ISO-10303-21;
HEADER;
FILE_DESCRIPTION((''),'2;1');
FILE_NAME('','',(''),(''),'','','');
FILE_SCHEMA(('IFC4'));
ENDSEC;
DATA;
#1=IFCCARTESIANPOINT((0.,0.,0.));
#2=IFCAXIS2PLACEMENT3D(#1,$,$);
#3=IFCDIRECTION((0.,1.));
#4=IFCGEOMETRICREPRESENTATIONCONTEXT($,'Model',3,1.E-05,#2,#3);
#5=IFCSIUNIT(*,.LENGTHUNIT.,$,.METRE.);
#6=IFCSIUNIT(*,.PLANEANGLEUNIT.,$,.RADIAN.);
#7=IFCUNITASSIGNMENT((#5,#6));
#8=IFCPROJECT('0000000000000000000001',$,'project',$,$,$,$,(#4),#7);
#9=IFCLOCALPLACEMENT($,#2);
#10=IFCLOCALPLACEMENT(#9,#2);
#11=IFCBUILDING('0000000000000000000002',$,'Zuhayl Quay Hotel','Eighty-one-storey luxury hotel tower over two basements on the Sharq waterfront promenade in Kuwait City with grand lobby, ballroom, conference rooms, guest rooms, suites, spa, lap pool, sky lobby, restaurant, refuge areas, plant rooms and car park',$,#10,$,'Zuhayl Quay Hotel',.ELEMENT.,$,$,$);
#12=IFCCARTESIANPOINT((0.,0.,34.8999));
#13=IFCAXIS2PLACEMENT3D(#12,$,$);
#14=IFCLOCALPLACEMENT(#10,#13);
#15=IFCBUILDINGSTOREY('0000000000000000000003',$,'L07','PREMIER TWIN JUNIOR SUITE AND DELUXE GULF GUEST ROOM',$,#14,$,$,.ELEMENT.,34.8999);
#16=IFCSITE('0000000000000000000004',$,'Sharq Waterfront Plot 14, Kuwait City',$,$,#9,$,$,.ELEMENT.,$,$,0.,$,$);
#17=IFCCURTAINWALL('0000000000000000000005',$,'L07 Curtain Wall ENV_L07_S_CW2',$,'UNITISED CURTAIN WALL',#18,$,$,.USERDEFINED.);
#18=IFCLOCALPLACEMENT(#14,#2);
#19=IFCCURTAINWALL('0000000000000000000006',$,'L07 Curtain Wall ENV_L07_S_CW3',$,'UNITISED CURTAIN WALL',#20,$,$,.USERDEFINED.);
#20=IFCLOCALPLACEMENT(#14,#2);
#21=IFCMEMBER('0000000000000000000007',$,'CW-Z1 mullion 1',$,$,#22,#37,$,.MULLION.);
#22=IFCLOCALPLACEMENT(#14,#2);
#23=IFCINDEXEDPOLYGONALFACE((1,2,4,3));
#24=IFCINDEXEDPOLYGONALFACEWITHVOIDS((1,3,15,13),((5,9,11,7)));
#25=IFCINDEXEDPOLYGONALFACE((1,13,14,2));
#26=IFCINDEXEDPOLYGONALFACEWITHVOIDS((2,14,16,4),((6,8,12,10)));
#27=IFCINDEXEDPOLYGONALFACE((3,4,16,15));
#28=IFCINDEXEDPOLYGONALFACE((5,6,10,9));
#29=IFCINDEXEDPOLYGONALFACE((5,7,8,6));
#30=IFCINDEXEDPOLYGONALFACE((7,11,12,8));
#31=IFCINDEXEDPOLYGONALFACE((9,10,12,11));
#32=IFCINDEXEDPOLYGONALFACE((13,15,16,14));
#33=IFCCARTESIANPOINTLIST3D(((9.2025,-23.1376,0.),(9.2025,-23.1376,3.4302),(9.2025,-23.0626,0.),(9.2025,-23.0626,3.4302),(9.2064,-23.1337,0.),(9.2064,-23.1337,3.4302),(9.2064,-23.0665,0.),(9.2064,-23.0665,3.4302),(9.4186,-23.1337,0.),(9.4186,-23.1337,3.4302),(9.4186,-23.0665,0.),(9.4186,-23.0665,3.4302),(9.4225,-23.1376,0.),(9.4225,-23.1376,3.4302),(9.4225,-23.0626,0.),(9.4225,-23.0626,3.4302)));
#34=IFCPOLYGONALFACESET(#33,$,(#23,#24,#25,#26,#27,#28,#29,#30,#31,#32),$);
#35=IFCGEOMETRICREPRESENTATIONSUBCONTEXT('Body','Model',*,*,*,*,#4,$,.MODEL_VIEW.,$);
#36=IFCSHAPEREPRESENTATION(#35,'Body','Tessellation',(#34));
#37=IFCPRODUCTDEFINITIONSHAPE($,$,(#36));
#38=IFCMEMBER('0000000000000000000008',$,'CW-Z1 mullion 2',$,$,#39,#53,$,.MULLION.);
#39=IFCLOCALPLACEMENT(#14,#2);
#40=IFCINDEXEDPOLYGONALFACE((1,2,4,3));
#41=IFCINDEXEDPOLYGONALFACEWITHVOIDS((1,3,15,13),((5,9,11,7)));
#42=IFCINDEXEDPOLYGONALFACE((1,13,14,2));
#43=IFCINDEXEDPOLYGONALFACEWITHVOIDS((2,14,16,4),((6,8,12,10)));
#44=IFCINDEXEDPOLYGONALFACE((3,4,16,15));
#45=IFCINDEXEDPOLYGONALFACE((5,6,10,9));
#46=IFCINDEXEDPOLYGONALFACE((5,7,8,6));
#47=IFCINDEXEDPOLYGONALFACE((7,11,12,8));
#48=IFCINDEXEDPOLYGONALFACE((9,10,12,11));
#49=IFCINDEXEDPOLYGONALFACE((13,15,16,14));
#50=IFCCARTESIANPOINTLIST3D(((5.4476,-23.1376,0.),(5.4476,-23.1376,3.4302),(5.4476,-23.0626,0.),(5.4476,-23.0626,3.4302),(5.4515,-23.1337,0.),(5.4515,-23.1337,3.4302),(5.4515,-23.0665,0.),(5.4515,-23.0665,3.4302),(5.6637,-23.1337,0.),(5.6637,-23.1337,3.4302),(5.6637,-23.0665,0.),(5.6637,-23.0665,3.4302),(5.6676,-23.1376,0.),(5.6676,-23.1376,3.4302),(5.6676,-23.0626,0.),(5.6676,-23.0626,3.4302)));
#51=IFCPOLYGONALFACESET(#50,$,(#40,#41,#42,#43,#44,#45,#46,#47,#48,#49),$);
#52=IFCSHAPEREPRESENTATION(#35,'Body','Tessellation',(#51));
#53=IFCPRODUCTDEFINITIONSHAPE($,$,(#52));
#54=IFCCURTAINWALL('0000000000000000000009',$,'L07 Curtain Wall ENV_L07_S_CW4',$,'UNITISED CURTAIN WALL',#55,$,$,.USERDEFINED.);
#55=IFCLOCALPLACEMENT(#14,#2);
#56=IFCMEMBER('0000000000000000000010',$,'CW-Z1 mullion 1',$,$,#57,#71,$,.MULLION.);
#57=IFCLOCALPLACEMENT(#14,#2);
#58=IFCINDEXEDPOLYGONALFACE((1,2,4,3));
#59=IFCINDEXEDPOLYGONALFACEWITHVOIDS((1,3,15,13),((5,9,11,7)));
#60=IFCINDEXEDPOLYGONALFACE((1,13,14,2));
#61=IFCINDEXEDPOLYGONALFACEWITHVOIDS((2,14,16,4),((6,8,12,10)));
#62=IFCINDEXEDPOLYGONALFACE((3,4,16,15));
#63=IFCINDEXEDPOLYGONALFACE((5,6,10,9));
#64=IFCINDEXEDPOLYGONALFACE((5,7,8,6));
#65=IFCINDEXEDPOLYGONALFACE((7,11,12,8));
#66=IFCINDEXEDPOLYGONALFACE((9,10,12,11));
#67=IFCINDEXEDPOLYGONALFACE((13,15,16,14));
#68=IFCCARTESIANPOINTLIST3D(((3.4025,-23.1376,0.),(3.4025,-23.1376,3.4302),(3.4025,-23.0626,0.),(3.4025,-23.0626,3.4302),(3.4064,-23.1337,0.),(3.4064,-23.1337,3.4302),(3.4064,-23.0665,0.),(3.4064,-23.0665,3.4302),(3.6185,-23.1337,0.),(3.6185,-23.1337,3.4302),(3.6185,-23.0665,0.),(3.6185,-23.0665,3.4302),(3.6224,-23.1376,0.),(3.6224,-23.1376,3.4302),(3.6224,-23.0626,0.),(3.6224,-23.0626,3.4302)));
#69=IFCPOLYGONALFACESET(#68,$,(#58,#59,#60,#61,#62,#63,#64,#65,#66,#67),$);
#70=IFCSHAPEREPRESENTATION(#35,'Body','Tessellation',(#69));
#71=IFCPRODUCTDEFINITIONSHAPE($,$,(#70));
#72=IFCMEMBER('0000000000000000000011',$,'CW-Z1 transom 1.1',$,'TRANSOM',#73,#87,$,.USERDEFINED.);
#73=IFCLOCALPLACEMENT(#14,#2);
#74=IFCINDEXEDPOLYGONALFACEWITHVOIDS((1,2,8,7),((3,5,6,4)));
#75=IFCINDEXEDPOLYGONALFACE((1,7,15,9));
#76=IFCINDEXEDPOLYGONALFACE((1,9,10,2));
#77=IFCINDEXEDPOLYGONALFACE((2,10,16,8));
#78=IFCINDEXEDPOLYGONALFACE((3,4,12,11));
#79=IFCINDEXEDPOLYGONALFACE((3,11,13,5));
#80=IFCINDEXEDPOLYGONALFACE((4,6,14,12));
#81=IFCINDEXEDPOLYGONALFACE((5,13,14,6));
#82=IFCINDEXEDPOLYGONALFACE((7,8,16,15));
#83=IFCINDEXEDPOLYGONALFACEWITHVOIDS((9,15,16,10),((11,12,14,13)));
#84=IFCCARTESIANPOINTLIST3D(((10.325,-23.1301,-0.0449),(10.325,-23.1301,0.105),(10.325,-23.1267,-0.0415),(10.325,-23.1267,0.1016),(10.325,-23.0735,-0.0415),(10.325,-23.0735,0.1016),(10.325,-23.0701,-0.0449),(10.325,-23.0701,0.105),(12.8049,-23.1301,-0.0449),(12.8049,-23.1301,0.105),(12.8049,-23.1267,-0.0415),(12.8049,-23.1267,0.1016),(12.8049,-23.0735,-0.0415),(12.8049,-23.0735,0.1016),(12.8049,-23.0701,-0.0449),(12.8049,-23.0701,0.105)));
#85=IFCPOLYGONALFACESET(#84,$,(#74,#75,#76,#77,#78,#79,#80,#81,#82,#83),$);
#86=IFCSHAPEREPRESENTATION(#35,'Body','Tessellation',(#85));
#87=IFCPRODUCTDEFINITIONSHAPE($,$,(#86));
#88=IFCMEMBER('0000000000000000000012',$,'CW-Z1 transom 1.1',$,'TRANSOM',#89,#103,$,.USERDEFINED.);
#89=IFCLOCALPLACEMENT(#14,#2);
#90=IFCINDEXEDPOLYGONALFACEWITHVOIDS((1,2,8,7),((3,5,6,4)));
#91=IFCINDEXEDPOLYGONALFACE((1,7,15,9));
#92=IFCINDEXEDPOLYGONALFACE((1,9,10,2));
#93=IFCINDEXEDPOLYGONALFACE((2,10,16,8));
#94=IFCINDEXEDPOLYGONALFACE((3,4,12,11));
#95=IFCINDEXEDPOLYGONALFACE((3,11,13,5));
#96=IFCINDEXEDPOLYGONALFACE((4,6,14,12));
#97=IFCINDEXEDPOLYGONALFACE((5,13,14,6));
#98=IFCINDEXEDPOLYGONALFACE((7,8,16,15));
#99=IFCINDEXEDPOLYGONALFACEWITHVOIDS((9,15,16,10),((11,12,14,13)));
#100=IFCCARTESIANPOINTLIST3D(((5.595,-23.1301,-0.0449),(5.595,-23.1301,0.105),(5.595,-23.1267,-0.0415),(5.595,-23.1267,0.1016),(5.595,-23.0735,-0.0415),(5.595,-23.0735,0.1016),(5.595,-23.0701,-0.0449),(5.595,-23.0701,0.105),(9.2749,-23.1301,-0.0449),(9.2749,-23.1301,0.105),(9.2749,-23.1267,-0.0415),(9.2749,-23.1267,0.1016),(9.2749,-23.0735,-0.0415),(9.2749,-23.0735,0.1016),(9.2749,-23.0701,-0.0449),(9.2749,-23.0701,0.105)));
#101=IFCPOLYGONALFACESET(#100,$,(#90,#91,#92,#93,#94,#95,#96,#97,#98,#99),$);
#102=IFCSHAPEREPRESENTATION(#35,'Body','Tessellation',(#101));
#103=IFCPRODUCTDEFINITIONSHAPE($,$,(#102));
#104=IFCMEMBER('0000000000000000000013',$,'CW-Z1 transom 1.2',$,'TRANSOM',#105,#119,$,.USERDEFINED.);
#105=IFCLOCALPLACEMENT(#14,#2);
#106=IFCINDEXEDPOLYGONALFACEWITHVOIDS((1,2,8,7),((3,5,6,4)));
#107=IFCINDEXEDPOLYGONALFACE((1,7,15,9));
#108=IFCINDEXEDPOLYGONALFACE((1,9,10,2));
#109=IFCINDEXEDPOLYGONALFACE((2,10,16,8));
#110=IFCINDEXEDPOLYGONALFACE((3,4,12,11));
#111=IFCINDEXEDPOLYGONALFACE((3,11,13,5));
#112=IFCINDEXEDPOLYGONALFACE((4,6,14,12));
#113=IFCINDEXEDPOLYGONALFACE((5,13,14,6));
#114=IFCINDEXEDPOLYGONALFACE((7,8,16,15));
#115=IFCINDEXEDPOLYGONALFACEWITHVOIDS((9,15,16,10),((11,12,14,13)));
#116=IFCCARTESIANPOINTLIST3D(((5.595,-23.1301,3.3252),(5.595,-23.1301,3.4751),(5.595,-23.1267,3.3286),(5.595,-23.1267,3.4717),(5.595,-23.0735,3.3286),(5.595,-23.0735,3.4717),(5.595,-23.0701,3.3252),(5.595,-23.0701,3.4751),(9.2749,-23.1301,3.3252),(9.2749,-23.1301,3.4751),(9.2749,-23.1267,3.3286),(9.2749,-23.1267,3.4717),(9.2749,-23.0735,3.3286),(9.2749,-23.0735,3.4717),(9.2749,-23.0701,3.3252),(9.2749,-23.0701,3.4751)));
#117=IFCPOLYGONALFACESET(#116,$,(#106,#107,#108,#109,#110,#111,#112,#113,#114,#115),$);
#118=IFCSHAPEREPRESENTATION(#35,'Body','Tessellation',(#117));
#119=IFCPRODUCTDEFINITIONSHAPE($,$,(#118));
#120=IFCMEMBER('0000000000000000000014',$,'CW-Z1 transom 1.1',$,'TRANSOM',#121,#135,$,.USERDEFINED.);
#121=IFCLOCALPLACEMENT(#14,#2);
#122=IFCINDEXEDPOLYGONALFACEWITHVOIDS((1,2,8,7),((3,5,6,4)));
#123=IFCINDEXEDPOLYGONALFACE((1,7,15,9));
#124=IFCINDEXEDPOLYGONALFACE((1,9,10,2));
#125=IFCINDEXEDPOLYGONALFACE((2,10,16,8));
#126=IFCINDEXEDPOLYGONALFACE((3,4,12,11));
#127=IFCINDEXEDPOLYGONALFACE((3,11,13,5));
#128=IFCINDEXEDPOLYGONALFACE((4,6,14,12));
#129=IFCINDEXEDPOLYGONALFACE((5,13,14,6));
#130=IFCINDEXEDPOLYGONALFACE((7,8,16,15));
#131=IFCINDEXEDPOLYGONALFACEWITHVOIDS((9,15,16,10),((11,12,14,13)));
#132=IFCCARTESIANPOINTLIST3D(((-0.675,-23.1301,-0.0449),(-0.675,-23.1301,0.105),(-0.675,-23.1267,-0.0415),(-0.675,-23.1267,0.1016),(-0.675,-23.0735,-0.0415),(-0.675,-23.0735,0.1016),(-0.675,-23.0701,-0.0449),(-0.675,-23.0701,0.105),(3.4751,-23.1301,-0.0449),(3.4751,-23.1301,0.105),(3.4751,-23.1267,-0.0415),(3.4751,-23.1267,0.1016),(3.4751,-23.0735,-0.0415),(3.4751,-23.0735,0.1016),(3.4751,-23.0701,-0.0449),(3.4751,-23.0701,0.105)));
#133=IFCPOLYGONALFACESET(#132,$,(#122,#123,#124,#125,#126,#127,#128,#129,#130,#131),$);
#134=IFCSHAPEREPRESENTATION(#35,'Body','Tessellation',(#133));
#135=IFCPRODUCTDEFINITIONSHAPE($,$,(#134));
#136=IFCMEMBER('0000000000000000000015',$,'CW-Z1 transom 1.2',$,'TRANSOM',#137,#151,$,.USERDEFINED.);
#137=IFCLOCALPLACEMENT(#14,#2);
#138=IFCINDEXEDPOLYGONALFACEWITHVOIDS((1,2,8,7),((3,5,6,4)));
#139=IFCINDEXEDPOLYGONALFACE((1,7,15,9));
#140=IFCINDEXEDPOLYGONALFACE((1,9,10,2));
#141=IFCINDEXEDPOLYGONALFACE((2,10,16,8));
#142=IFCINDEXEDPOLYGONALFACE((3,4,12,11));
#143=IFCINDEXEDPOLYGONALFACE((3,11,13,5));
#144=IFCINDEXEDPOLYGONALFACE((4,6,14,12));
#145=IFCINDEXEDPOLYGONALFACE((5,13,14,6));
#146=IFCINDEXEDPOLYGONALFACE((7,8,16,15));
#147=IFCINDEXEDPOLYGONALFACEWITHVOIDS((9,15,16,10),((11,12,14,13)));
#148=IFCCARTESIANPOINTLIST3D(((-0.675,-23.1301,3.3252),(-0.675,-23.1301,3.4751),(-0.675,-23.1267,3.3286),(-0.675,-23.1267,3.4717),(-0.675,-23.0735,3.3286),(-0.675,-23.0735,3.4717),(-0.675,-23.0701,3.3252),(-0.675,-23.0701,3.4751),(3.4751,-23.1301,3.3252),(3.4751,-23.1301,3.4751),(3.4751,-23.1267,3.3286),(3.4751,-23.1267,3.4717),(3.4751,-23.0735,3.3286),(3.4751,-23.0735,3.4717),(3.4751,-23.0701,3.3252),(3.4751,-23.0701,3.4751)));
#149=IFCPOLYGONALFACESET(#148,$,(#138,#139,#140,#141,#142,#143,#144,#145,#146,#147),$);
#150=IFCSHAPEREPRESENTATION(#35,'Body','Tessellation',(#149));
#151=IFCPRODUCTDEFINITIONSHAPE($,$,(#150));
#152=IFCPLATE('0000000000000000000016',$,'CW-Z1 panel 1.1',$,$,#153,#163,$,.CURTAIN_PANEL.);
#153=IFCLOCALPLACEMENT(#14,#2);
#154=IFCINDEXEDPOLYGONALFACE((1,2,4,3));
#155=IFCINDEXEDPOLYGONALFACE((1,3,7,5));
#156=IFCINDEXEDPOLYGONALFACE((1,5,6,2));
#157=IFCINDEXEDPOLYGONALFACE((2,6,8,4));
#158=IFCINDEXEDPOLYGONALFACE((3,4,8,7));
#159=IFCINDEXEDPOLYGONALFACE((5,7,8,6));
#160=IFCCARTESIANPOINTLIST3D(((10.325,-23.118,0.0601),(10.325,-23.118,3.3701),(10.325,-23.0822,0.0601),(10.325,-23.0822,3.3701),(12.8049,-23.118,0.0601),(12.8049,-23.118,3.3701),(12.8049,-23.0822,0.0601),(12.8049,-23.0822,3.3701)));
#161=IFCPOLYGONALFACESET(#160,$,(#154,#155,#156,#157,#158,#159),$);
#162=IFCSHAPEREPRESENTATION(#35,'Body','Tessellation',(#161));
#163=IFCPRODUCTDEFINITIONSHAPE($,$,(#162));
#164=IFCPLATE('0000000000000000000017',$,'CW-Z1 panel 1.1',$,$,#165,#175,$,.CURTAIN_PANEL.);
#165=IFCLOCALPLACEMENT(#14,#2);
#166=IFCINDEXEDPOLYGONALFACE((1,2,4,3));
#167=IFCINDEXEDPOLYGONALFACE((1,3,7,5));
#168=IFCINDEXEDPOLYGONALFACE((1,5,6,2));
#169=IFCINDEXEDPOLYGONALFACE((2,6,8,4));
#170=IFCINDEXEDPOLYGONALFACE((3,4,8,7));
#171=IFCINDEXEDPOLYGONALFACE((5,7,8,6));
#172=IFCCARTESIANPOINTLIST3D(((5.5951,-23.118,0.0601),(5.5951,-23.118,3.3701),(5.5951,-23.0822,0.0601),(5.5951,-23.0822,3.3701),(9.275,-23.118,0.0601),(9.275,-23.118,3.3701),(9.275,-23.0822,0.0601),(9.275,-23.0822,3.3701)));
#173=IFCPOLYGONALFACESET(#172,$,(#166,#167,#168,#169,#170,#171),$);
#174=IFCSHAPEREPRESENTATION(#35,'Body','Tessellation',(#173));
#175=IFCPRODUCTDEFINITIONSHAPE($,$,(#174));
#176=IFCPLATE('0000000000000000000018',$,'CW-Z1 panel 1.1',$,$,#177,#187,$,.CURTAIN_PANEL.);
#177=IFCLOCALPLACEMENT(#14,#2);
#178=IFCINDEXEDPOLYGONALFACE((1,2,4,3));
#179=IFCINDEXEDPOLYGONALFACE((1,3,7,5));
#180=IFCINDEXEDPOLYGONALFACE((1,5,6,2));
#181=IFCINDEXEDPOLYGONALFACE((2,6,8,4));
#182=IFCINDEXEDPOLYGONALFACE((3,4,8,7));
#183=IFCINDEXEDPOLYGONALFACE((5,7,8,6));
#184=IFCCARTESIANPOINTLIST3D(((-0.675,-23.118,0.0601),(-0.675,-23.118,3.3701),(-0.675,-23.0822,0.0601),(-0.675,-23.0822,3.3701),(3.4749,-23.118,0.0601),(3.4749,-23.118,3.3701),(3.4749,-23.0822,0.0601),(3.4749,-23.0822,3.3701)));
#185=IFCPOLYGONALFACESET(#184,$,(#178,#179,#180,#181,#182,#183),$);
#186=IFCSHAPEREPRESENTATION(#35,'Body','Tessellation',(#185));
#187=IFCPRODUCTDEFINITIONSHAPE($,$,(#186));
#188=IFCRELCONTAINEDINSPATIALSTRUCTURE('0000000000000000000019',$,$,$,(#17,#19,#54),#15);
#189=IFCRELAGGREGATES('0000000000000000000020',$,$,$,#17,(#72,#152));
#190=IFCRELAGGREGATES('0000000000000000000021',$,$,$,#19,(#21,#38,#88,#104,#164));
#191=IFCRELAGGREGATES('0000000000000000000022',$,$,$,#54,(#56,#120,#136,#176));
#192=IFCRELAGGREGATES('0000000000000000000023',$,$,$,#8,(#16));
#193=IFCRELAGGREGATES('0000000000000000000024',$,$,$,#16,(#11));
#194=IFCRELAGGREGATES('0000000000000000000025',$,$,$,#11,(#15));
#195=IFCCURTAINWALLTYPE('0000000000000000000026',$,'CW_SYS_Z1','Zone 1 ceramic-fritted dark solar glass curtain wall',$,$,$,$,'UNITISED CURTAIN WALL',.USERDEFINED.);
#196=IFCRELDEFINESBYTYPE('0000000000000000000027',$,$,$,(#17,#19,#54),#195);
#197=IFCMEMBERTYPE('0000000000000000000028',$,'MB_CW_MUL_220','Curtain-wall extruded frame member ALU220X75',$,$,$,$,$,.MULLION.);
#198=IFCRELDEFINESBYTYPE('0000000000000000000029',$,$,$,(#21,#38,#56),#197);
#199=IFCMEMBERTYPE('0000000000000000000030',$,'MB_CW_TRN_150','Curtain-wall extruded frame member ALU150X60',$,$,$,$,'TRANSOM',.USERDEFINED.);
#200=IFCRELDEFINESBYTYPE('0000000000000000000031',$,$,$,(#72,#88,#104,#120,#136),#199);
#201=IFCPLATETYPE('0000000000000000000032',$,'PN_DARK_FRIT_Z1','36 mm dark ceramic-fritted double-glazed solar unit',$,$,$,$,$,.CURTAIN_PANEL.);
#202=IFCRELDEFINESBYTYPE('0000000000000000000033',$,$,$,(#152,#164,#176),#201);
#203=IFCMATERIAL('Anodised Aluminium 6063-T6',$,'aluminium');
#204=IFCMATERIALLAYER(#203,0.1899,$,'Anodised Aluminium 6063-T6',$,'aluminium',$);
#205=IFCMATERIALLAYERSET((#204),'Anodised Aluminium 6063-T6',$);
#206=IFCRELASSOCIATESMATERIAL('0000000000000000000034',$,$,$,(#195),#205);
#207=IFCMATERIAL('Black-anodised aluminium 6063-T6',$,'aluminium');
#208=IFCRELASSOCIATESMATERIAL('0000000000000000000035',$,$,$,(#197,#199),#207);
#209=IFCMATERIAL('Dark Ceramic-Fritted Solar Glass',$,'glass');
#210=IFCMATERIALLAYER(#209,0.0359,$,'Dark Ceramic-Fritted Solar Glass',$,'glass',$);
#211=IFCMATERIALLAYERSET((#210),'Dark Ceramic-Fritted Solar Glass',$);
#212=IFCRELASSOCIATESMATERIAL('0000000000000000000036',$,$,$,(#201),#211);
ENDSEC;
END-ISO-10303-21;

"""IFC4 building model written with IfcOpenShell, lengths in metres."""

from ifc_helpers import new_model, si_unit, direction, frame, origin, origin_2d, place, context, subcontext, project, spatial, rectangle, hollow_rectangle, extrude, material, layer, layer_set, material_profile, profile_set, type_object, element, aggregate, save


model = new_model("IFC4")

# Units and contexts
model_context = context("Model", 3, precision=1e-05, world=origin(), true_north=direction((0.0, 1.0)))
body_context = subcontext(model_context, "Body", "Model", "MODEL_VIEW")
ifc_project = project(units=[si_unit("LENGTHUNIT", "METRE"), si_unit("PLANEANGLEUNIT", "RADIAN")], contexts=[model_context])

# Site, building, storey
site_placement = place(None, origin())
site = spatial("IfcSite", under=ifc_project, at=site_placement, Name="Sharq Waterfront Plot 14, Kuwait City", CompositionType="ELEMENT", RefElevation=0.0)
building_placement = place(site_placement, origin())
building = spatial("IfcBuilding", under=site, at=building_placement, Name="Zuhayl Quay Hotel", Description="Eighty-one-storey luxury hotel tower over two basements on the Sharq waterfront promenade in Kuwait City with grand lobby, ballroom, conference rooms, guest rooms, suites, spa, lap pool, sky lobby, restaurant, refuge areas, plant rooms and car park", LongName="Zuhayl Quay Hotel", CompositionType="ELEMENT")
storey_placement = place(building_placement, frame((0.0, 0.0, 34.8999)))
storey = spatial("IfcBuildingStorey", under=building, at=storey_placement, Name="L07", Description="PREMIER TWIN JUNIOR SUITE AND DELUXE GULF GUEST ROOM", CompositionType="ELEMENT", Elevation=34.8999)

# Curtain wall
ifc_material_1 = material(Name="Anodised Aluminium 6063-T6", Category="aluminium")
ifc_layer_1 = layer(ifc_material_1, 0.1899, Name="Anodised Aluminium 6063-T6", Category="aluminium")
ifc_layer_set_1 = layer_set([ifc_layer_1], Name="Anodised Aluminium 6063-T6")
curtain_wall_type = type_object("IfcCurtainWallType", Name="CW_SYS_Z1", Description="Zone 1 ceramic-fritted dark solar glass curtain wall", ElementType="UNITISED CURTAIN WALL", PredefinedType="USERDEFINED", material=ifc_layer_set_1)
curtain_wall_1_placement = place(storey_placement, origin())
curtain_wall_1 = element("IfcCurtainWall", 1, at=curtain_wall_1_placement, inside=storey, type_object=curtain_wall_type, Name="L07 Curtain Wall ENV_L07_S_CW2", ObjectType="UNITISED CURTAIN WALL", PredefinedType="USERDEFINED")
ifc_material_2 = material(Name="Black-anodised aluminium 6063-T6", Category="aluminium")
ifc_material_profile_1 = material_profile(ifc_material_2, hollow_rectangle(XDim=0.075, YDim=0.22, WallThickness=0.0039, at=origin_2d()), Name="ALU220X75")
ifc_profile_set_1 = profile_set([ifc_material_profile_1], Name="Black-anodised aluminium 6063-T6")
member_type_1 = type_object("IfcMemberType", Name="MB_CW_MUL_220", Description="Curtain-wall extruded frame member ALU220X75", PredefinedType="MULLION", material=ifc_profile_set_1)

# Curtain wall, members
curtain_wall_2_placement = place(storey_placement, origin())
curtain_wall_2 = element("IfcCurtainWall", 2, at=curtain_wall_2_placement, inside=storey, type_object=curtain_wall_type, Name="L07 Curtain Wall ENV_L07_S_CW3", ObjectType="UNITISED CURTAIN WALL", PredefinedType="USERDEFINED")
member_1_placement = place(storey_placement, frame((9.3125, -23.1001, 0.0), z_axis=(0.0, 0.0, 1.0), x_axis=(0.0, -1.0, 0.0)))
member_1 = element("IfcMember", 3, at=member_1_placement, type_object=member_type_1, Name="CW-Z1 mullion 1", PredefinedType="MULLION", context=body_context, shape_type="SweptSolid", body=[
    extrude(hollow_rectangle(XDim=0.075, YDim=0.22, WallThickness=0.0039, at=origin_2d()), origin(), (0.0, 0.0, 1.0), 3.4302),
])
member_2_placement = place(storey_placement, frame((5.5576, -23.1001, 0.0), z_axis=(0.0, 0.0, 1.0), x_axis=(0.0, -1.0, 0.0)))
member_2 = element("IfcMember", 4, at=member_2_placement, type_object=member_type_1, Name="CW-Z1 mullion 2", PredefinedType="MULLION", context=body_context, shape_type="SweptSolid", body=[
    extrude(hollow_rectangle(XDim=0.075, YDim=0.22, WallThickness=0.0039, at=origin_2d()), origin(), (0.0, 0.0, 1.0), 3.4302),
])

# Curtain wall, member
curtain_wall_3_placement = place(storey_placement, origin())
curtain_wall_3 = element("IfcCurtainWall", 5, at=curtain_wall_3_placement, inside=storey, type_object=curtain_wall_type, Name="L07 Curtain Wall ENV_L07_S_CW4", ObjectType="UNITISED CURTAIN WALL", PredefinedType="USERDEFINED")
member_3_placement = place(storey_placement, frame((3.5125, -23.1001, 0.0), z_axis=(0.0, 0.0, 1.0), x_axis=(0.0, -1.0, 0.0)))
member_3 = element("IfcMember", 6, at=member_3_placement, type_object=member_type_1, Name="CW-Z1 mullion 1", PredefinedType="MULLION", context=body_context, shape_type="SweptSolid", body=[
    extrude(hollow_rectangle(XDim=0.075, YDim=0.22, WallThickness=0.0039, at=origin_2d()), origin(), (0.0, 0.0, 1.0), 3.4302),
])

# Members
ifc_material_profile_2 = material_profile(ifc_material_2, hollow_rectangle(XDim=0.0601, YDim=0.1499, WallThickness=0.0034, at=origin_2d()), Name="ALU150X60")
ifc_profile_set_2 = profile_set([ifc_material_profile_2], Name="Black-anodised aluminium 6063-T6")
member_type_2 = type_object("IfcMemberType", Name="MB_CW_TRN_150", Description="Curtain-wall extruded frame member ALU150X60", ElementType="TRANSOM", PredefinedType="USERDEFINED", material=ifc_profile_set_2)
member_4_placement = place(storey_placement, frame((12.8049, -23.1001, 0.03), z_axis=(-1.0, 0.0, 0.0), x_axis=(0.0, -1.0, 0.0)))
member_4 = element("IfcMember", 7, at=member_4_placement, type_object=member_type_2, Name="CW-Z1 transom 1.1", ObjectType="TRANSOM", PredefinedType="USERDEFINED", context=body_context, shape_type="SweptSolid", body=[
    extrude(hollow_rectangle(XDim=0.0601, YDim=0.1499, WallThickness=0.0034, at=origin_2d()), origin(), (0.0, 0.0, 1.0), 2.48),
])
member_5_placement = place(storey_placement, frame((9.2749, -23.1001, 0.03), z_axis=(-1.0, 0.0, 0.0), x_axis=(0.0, -1.0, 0.0)))
member_5 = element("IfcMember", 8, at=member_5_placement, type_object=member_type_2, Name="CW-Z1 transom 1.1", ObjectType="TRANSOM", PredefinedType="USERDEFINED", context=body_context, shape_type="SweptSolid", body=[
    extrude(hollow_rectangle(XDim=0.0601, YDim=0.1499, WallThickness=0.0034, at=origin_2d()), origin(), (0.0, 0.0, 1.0), 3.6799),
])
member_6_placement = place(storey_placement, frame((9.2749, -23.1001, 3.4001), z_axis=(-1.0, 0.0, 0.0), x_axis=(0.0, -1.0, 0.0)))
member_6 = element("IfcMember", 9, at=member_6_placement, type_object=member_type_2, Name="CW-Z1 transom 1.2", ObjectType="TRANSOM", PredefinedType="USERDEFINED", context=body_context, shape_type="SweptSolid", body=[
    extrude(hollow_rectangle(XDim=0.0601, YDim=0.1499, WallThickness=0.0034, at=origin_2d()), origin(), (0.0, 0.0, 1.0), 3.6799),
])
member_7_placement = place(storey_placement, frame((3.4751, -23.1001, 0.03), z_axis=(-1.0, 0.0, 0.0), x_axis=(0.0, -1.0, 0.0)))
member_7 = element("IfcMember", 10, at=member_7_placement, type_object=member_type_2, Name="CW-Z1 transom 1.1", ObjectType="TRANSOM", PredefinedType="USERDEFINED", context=body_context, shape_type="SweptSolid", body=[
    extrude(hollow_rectangle(XDim=0.0601, YDim=0.1499, WallThickness=0.0034, at=origin_2d()), origin(), (0.0, 0.0, 1.0), 4.1501),
])
member_8_placement = place(storey_placement, frame((3.4751, -23.1001, 3.4001), z_axis=(-1.0, 0.0, 0.0), x_axis=(0.0, -1.0, 0.0)))
member_8 = element("IfcMember", 11, at=member_8_placement, type_object=member_type_2, Name="CW-Z1 transom 1.2", ObjectType="TRANSOM", PredefinedType="USERDEFINED", context=body_context, shape_type="SweptSolid", body=[
    extrude(hollow_rectangle(XDim=0.0601, YDim=0.1499, WallThickness=0.0034, at=origin_2d()), origin(), (0.0, 0.0, 1.0), 4.1501),
])

# Plates
ifc_material_3 = material(Name="Dark Ceramic-Fritted Solar Glass", Category="glass")
ifc_layer_2 = layer(ifc_material_3, 0.0359, Name="Dark Ceramic-Fritted Solar Glass", Category="glass")
ifc_layer_set_2 = layer_set([ifc_layer_2], Name="Dark Ceramic-Fritted Solar Glass")
plate_type = type_object("IfcPlateType", Name="PN_DARK_FRIT_Z1", Description="36 mm dark ceramic-fritted double-glazed solar unit", PredefinedType="CURTAIN_PANEL", material=ifc_layer_set_2)
plate_1_placement = place(storey_placement, frame((11.5649, -23.1001, 0.0601), z_axis=(0.0, 0.0, 1.0), x_axis=(-1.0, 0.0, 0.0)))
plate_1 = element("IfcPlate", 12, at=plate_1_placement, type_object=plate_type, Name="CW-Z1 panel 1.1", PredefinedType="CURTAIN_PANEL", context=body_context, shape_type="SweptSolid", body=[
    extrude(rectangle(XDim=2.48, YDim=0.0359, at=origin_2d()), origin(), (0.0, 0.0, 1.0), 3.3101),
])
aggregate(curtain_wall_1, [member_4, plate_1])
plate_2_placement = place(storey_placement, frame((7.4351, -23.1001, 0.0601), z_axis=(0.0, 0.0, 1.0), x_axis=(-1.0, 0.0, 0.0)))
plate_2 = element("IfcPlate", 13, at=plate_2_placement, type_object=plate_type, Name="CW-Z1 panel 1.1", PredefinedType="CURTAIN_PANEL", context=body_context, shape_type="SweptSolid", body=[
    extrude(rectangle(XDim=3.6799, YDim=0.0359, at=origin_2d()), origin(), (0.0, 0.0, 1.0), 3.3101),
])
aggregate(curtain_wall_2, [member_1, member_2, member_5, member_6, plate_2])
plate_3_placement = place(storey_placement, frame((1.3999, -23.1001, 0.0601), z_axis=(0.0, 0.0, 1.0), x_axis=(-1.0, 0.0, 0.0)))
plate_3 = element("IfcPlate", 14, at=plate_3_placement, type_object=plate_type, Name="CW-Z1 panel 1.1", PredefinedType="CURTAIN_PANEL", context=body_context, shape_type="SweptSolid", body=[
    extrude(rectangle(XDim=4.1499, YDim=0.0359, at=origin_2d()), origin(), (0.0, 0.0, 1.0), 3.3101),
])
aggregate(curtain_wall_3, [member_3, member_7, member_8, plate_3])

save(model, "model.ifc")
